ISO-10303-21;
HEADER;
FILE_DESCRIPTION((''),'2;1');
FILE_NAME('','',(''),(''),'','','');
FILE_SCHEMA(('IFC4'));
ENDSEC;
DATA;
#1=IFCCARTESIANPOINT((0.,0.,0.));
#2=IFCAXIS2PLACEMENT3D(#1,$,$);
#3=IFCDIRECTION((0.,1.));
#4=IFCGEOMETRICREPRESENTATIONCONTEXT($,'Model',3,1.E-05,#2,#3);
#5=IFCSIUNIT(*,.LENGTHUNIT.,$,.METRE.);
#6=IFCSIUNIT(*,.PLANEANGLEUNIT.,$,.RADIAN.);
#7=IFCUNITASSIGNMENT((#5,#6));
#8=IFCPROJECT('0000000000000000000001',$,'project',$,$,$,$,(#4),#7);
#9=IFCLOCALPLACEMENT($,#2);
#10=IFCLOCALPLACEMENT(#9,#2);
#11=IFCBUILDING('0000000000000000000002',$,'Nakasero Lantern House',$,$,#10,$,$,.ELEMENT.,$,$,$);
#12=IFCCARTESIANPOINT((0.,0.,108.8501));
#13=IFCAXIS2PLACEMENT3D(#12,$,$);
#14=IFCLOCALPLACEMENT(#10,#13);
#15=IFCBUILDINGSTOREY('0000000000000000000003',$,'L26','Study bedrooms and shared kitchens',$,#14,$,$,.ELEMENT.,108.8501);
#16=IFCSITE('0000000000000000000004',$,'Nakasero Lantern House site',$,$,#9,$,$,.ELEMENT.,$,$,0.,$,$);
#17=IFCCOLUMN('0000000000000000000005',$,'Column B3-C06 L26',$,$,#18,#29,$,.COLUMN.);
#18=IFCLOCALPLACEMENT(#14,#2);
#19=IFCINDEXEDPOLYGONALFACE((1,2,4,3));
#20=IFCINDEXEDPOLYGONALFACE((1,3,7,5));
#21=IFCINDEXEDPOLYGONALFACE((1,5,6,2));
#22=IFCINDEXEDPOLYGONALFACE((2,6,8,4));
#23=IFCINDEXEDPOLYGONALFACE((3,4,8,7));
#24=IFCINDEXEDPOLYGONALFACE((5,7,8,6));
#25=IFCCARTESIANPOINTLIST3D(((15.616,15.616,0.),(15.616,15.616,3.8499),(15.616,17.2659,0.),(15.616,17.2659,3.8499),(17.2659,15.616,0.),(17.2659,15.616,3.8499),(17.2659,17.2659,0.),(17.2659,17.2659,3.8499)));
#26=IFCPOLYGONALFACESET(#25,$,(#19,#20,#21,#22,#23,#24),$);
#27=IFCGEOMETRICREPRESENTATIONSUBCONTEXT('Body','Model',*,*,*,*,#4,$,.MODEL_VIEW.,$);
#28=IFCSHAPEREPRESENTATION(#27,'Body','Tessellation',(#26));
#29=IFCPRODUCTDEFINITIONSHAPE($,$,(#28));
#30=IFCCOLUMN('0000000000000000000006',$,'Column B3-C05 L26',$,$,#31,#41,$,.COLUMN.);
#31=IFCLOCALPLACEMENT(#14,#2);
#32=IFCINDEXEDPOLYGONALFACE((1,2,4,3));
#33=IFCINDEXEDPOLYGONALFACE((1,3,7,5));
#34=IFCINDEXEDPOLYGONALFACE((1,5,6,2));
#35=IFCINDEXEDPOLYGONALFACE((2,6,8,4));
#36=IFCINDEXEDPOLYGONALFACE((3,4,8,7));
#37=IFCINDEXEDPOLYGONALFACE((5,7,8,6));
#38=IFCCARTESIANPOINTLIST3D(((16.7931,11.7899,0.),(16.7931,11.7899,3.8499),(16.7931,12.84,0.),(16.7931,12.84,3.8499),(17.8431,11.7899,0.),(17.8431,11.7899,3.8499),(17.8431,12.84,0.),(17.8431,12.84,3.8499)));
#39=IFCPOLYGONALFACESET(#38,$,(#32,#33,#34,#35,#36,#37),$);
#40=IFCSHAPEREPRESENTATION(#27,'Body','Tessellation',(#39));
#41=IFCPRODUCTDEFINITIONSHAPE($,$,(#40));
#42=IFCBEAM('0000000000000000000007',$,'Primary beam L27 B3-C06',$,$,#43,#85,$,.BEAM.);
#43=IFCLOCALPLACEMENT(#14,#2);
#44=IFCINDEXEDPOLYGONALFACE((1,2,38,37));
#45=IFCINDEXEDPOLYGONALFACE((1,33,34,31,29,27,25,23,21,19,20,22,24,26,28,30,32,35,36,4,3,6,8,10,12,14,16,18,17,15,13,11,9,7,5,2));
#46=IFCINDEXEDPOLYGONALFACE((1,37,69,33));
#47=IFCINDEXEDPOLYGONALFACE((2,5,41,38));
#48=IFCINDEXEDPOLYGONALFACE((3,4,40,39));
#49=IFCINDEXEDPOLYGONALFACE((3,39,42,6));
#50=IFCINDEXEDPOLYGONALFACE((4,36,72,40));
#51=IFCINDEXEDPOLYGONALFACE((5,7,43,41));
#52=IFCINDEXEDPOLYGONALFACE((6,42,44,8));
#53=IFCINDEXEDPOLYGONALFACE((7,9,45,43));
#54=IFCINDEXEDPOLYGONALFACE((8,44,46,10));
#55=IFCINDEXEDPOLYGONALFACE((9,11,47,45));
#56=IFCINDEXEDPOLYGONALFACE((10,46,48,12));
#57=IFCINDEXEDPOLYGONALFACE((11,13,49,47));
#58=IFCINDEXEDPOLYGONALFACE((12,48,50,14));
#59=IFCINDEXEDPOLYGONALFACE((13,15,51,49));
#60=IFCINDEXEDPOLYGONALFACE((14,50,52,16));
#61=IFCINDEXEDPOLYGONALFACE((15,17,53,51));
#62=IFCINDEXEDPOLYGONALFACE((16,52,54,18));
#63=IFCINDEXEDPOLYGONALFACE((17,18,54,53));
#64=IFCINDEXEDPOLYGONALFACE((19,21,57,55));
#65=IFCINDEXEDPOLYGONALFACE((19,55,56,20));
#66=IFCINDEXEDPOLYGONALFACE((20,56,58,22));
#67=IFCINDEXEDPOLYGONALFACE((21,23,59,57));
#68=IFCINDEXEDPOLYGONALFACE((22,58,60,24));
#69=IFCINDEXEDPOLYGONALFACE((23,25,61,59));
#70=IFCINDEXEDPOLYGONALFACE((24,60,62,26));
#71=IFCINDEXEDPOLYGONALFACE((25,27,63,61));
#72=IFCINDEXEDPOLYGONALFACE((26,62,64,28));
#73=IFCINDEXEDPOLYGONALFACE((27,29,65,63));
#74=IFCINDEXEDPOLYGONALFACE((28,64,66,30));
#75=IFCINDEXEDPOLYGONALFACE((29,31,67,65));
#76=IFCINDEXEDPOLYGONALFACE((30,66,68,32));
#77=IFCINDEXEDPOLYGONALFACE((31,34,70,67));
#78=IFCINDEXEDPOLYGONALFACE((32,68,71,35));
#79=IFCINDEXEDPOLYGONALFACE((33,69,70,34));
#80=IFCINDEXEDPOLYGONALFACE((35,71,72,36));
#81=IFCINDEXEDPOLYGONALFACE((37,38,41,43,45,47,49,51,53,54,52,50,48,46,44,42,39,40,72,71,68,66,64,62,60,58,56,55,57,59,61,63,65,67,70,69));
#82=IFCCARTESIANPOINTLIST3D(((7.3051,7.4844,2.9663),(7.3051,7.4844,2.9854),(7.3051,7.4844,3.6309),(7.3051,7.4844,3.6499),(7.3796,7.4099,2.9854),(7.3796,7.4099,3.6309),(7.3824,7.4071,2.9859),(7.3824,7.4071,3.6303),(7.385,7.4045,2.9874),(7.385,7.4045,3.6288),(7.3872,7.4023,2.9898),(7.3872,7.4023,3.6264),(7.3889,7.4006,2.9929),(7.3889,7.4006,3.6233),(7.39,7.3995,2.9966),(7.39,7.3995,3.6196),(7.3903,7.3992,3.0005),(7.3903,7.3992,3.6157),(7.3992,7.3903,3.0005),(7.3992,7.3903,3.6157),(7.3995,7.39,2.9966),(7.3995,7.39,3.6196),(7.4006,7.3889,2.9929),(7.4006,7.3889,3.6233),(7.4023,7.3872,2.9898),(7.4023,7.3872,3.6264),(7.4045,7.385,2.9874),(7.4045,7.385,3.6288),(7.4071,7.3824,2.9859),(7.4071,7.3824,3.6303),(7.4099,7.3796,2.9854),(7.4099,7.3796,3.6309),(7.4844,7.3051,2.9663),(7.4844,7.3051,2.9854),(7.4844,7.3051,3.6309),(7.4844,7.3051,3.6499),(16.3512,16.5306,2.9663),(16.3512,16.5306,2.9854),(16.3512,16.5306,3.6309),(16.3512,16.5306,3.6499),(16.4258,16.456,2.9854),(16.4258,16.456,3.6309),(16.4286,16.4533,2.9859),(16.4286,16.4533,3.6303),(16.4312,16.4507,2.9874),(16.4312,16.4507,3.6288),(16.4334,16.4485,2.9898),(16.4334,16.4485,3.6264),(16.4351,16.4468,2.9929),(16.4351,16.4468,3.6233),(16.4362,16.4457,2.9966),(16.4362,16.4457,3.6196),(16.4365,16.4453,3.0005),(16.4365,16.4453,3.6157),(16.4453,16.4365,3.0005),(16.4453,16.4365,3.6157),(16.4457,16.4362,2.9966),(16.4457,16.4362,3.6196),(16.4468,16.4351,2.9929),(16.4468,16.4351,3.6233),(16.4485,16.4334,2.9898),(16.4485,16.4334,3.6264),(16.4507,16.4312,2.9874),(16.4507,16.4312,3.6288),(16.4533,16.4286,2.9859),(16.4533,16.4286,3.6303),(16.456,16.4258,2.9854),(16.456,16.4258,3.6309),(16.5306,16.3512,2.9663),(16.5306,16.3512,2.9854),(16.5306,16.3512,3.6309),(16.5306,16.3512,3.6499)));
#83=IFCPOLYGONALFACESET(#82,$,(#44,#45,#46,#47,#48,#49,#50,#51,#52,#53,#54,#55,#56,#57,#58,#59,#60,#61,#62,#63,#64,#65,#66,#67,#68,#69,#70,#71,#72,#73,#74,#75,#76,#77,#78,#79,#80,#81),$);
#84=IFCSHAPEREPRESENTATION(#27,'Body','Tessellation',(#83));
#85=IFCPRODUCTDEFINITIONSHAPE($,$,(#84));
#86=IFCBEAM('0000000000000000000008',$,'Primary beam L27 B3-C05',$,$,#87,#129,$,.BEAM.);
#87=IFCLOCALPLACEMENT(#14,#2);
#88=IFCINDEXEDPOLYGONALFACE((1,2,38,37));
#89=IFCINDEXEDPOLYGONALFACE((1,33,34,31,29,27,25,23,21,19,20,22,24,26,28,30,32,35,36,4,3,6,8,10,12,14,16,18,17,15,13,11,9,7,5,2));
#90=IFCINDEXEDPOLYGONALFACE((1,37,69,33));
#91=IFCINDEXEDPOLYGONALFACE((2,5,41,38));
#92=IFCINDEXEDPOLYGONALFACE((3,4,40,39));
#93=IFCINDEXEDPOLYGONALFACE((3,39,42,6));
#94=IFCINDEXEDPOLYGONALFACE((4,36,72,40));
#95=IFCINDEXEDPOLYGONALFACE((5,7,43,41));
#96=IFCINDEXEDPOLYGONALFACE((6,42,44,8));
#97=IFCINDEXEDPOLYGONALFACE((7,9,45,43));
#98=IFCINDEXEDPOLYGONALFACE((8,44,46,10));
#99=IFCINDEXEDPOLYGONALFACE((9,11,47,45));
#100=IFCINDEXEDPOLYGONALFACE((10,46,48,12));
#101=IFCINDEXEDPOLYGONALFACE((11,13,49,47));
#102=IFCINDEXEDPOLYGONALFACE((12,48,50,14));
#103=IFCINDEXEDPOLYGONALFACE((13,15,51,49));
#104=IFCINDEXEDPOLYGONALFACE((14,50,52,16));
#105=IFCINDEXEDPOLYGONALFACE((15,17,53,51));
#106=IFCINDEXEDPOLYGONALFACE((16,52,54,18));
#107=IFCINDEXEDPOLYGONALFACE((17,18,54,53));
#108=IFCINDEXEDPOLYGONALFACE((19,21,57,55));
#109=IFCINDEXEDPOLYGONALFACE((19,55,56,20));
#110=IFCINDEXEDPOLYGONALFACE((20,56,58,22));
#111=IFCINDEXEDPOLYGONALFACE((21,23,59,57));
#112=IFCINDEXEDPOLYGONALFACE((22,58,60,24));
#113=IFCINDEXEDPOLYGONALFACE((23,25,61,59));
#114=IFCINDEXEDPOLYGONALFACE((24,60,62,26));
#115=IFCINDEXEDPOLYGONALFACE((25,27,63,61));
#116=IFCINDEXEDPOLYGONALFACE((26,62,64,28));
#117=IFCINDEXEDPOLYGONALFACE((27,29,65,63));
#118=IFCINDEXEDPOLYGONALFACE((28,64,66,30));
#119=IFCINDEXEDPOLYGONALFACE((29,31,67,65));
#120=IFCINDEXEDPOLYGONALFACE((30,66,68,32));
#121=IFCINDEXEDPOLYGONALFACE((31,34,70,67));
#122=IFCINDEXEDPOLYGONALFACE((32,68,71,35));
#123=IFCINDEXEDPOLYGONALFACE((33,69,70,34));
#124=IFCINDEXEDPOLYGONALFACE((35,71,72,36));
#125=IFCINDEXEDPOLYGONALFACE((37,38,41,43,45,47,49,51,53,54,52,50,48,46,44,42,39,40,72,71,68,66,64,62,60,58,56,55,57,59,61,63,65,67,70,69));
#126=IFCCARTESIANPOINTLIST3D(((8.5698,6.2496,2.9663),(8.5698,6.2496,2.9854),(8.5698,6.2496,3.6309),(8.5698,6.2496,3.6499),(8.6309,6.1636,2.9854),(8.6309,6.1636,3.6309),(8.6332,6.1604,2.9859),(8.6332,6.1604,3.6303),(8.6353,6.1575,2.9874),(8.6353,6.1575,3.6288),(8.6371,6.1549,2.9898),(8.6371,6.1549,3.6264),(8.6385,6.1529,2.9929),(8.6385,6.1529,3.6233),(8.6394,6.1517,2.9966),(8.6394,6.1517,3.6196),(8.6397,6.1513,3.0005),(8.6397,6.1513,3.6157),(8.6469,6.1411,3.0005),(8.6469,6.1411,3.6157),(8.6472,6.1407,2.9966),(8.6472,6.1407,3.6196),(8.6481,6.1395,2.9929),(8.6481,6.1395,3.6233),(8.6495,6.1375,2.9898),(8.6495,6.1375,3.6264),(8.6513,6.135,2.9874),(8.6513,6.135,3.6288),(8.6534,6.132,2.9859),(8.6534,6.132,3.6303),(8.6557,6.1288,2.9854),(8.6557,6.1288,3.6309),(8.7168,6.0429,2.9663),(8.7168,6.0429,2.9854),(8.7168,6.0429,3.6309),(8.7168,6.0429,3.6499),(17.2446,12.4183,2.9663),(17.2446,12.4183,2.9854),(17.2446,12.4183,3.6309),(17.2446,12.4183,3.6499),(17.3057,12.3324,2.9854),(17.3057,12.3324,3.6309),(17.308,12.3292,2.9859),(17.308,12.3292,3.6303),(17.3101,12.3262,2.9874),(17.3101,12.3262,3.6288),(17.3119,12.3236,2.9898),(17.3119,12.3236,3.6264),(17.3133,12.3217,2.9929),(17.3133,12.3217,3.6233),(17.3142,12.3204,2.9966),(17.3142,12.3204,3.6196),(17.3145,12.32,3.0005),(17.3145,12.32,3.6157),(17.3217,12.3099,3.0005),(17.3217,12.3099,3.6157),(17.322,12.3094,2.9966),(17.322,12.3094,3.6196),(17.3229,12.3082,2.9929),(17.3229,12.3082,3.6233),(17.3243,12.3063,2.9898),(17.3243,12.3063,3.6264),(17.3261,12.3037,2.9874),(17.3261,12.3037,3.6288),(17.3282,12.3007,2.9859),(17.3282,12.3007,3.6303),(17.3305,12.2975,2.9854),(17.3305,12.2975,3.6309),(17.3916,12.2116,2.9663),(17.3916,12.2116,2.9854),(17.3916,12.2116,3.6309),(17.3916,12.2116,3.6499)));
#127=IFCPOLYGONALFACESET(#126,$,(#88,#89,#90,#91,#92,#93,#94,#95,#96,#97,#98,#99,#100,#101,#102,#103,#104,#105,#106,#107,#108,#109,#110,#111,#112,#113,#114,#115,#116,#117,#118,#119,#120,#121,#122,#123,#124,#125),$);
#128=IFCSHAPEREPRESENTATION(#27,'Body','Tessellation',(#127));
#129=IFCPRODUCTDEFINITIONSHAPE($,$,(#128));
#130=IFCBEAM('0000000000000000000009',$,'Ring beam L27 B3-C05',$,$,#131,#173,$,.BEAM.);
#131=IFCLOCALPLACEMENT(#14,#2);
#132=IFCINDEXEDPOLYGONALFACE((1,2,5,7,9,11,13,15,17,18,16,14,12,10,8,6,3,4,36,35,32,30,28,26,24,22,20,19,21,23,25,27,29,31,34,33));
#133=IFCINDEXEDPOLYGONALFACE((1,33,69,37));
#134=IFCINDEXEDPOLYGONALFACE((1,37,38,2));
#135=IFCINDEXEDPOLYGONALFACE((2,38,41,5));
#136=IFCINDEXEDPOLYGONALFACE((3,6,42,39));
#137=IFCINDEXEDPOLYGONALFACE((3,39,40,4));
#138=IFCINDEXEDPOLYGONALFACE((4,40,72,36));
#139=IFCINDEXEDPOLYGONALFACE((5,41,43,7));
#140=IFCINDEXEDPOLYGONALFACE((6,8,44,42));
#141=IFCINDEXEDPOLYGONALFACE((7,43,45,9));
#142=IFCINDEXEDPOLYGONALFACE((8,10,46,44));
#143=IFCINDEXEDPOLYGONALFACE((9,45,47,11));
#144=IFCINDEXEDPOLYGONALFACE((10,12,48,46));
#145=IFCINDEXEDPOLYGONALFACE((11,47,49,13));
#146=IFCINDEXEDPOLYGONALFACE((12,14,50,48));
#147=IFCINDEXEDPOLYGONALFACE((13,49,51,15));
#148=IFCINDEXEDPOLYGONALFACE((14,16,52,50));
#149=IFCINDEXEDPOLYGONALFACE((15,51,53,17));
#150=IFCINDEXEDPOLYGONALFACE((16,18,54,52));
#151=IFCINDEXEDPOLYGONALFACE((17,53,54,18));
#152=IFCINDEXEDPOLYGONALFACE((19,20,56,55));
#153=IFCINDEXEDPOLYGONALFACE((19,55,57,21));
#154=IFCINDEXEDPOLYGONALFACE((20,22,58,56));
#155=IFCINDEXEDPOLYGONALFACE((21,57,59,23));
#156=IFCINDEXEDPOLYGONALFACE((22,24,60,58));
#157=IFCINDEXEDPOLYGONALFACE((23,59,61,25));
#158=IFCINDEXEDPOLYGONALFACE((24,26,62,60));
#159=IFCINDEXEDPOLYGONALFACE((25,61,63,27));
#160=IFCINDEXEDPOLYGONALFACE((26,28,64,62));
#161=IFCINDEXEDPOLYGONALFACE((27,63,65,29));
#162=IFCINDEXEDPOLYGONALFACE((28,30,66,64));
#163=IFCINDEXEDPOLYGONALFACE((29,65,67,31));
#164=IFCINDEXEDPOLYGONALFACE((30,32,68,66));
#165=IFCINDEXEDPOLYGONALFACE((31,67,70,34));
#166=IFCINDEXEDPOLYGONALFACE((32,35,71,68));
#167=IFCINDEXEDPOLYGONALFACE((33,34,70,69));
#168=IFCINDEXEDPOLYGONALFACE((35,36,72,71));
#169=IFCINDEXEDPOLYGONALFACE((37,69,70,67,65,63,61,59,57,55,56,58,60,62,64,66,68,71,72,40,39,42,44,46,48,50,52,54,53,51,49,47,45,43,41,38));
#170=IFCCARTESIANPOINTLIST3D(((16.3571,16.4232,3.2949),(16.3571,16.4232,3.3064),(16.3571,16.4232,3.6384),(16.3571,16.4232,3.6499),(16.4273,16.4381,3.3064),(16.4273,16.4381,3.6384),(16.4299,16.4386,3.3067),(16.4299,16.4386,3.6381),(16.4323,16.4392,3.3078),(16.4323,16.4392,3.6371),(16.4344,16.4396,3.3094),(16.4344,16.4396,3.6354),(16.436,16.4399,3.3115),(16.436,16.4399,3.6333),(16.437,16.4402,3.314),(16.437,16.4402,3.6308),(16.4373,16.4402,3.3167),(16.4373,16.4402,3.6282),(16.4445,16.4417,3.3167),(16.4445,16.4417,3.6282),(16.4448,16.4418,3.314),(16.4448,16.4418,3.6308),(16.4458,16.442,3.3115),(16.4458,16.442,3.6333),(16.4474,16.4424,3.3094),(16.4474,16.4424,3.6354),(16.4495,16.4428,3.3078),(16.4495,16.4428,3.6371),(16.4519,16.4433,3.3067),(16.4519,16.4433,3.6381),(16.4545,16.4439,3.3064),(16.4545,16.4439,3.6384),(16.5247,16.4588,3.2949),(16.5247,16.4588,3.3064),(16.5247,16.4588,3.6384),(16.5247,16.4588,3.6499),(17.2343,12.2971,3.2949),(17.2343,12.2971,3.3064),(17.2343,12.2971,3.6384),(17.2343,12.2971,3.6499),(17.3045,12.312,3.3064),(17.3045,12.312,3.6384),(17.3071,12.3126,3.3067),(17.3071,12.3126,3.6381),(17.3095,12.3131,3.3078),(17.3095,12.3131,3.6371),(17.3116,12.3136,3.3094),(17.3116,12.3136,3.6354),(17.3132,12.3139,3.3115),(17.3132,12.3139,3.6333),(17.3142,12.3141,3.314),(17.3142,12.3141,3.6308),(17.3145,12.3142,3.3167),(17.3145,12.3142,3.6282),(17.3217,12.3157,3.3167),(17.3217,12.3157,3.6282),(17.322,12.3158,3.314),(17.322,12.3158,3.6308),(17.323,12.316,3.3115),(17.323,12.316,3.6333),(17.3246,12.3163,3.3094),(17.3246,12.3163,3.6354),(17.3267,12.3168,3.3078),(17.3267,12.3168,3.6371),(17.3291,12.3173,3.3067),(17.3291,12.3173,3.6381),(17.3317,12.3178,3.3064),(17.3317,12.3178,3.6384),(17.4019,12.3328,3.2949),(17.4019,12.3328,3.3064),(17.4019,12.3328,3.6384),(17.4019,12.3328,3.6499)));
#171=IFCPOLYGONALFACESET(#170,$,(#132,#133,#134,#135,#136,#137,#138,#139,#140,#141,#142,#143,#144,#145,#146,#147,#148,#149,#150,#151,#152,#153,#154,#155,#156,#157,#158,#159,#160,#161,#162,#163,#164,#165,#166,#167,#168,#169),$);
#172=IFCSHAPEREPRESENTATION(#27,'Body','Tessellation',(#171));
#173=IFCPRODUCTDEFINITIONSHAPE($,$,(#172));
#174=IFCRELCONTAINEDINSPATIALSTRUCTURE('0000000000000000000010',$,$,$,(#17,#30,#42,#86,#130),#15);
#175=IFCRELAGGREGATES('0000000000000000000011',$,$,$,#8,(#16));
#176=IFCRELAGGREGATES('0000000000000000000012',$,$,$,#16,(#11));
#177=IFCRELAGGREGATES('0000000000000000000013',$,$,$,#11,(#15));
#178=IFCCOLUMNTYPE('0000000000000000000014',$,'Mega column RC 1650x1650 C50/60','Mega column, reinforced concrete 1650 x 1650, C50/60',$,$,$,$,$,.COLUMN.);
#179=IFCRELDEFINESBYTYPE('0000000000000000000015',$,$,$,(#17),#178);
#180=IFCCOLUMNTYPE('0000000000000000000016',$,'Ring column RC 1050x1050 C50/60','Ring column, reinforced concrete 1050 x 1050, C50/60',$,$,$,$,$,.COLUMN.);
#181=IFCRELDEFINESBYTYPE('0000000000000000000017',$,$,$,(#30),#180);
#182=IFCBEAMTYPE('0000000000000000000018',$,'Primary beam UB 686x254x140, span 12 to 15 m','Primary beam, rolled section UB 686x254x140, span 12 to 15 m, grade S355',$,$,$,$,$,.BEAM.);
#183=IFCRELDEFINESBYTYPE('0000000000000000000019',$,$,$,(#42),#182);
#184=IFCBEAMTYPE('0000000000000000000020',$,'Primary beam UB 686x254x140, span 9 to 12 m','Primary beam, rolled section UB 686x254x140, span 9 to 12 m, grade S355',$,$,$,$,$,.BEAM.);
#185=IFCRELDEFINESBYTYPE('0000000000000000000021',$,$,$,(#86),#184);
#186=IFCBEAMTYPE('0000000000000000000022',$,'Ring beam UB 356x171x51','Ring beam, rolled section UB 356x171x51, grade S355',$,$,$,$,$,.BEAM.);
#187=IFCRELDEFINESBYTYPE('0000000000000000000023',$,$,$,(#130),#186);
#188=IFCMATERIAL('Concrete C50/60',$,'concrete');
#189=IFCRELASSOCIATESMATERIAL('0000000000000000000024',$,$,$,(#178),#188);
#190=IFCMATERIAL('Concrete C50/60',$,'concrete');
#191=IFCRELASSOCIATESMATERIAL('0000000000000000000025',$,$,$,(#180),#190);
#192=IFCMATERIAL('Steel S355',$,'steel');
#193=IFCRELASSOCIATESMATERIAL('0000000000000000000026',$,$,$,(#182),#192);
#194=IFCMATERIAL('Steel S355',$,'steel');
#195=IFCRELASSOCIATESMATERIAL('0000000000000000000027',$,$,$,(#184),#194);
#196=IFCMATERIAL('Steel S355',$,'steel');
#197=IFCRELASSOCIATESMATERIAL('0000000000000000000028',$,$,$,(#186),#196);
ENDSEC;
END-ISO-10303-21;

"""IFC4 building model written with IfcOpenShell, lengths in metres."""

from ifc_helpers import new_model, si_unit, direction, frame, origin, origin_2d, place, context, subcontext, project, spatial, rectangle, i_section, extrude, material, material_profile, profile_set, type_object, element, save


model = new_model("IFC4")

# Units and contexts
model_context = context("Model", 3, precision=1e-05, world=origin(), true_north=direction((0.0, 1.0)))
body_context = subcontext(model_context, "Body", "Model", "MODEL_VIEW")
ifc_project = project(units=[si_unit("LENGTHUNIT", "METRE"), si_unit("PLANEANGLEUNIT", "RADIAN")], contexts=[model_context])

# Site, building, storey
site_placement = place(None, origin())
site = spatial("IfcSite", under=ifc_project, at=site_placement, Name="Nakasero Lantern House site", CompositionType="ELEMENT", RefElevation=0.0)
building_placement = place(site_placement, origin())
building = spatial("IfcBuilding", under=site, at=building_placement, Name="Nakasero Lantern House", CompositionType="ELEMENT")
storey_placement = place(building_placement, frame((0.0, 0.0, 108.8501)))
storey = spatial("IfcBuildingStorey", under=building, at=storey_placement, Name="L26", Description="Study bedrooms and shared kitchens", CompositionType="ELEMENT", Elevation=108.8501)

# Columns
ifc_material_1 = material(Name="Concrete C50/60", Category="concrete")
ifc_material_profile_1 = material_profile(ifc_material_1, rectangle(XDim=1.6499, YDim=1.6499, at=origin_2d()), Name="RC 1650x1650")
ifc_profile_set_1 = profile_set([ifc_material_profile_1], Name="Concrete C50/60")
column_type_1 = type_object("IfcColumnType", Name="Mega column RC 1650x1650 C50/60", Description="Mega column, reinforced concrete 1650 x 1650, C50/60", PredefinedType="COLUMN", material=ifc_profile_set_1)
column_1_placement = place(storey_placement, frame((16.4409, 16.4409, 0.0), z_axis=(0.0, 0.0, 1.0), x_axis=(1.0, 0.0, 0.0)))
element("IfcColumn", 1, at=column_1_placement, inside=storey, type_object=column_type_1, Name="Column B3-C06 L26", PredefinedType="COLUMN", context=body_context, shape_type="SweptSolid", body=[
    extrude(rectangle(XDim=1.6499, YDim=1.6499, at=origin_2d()), origin(), (0.0, 0.0, 1.0), 3.8499),
])
ifc_material_2 = material(Name="Concrete C50/60", Category="concrete")
ifc_material_profile_2 = material_profile(ifc_material_2, rectangle(XDim=1.05, YDim=1.05, at=origin_2d()), Name="RC 1050x1050")
ifc_profile_set_2 = profile_set([ifc_material_profile_2], Name="Concrete C50/60")
column_type_2 = type_object("IfcColumnType", Name="Ring column RC 1050x1050 C50/60", Description="Ring column, reinforced concrete 1050 x 1050, C50/60", PredefinedType="COLUMN", material=ifc_profile_set_2)
column_2_placement = place(storey_placement, frame((17.3181, 12.3149, 0.0), z_axis=(0.0, 0.0, 1.0), x_axis=(1.0, 0.0, 0.0)))
element("IfcColumn", 2, at=column_2_placement, inside=storey, type_object=column_type_2, Name="Column B3-C05 L26", PredefinedType="COLUMN", context=body_context, shape_type="SweptSolid", body=[
    extrude(rectangle(XDim=1.05, YDim=1.05, at=origin_2d()), origin(), (0.0, 0.0, 1.0), 3.8499),
])

# Beams
ifc_material_3 = material(Name="Steel S355", Category="steel")
ifc_material_profile_3 = material_profile(ifc_material_3, i_section(OverallWidth=0.2537, OverallDepth=0.6836, WebThickness=0.0125, FlangeThickness=0.019, FilletRadius=0.0151, at=origin_2d()), Name="UB 686x254x140")
ifc_profile_set_3 = profile_set([ifc_material_profile_3], Name="Steel S355")
beam_type_1 = type_object("IfcBeamType", Name="Primary beam UB 686x254x140, span 12 to 15 m", Description="Primary beam, rolled section UB 686x254x140, span 12 to 15 m, grade S355", PredefinedType="BEAM", material=ifc_profile_set_3)
beam_1_placement = place(storey_placement, frame((16.4409, 16.4409, 3.3081), z_axis=(-0.707107, -0.707107, 0.0), x_axis=(0.707107, -0.707107, 0.0)))
element("IfcBeam", 3, at=beam_1_placement, inside=storey, type_object=beam_type_1, Name="Primary beam L27 B3-C06", PredefinedType="BEAM", context=body_context, shape_type="SweptSolid", body=[
    extrude(i_section(OverallWidth=0.2537, OverallDepth=0.6836, WebThickness=0.0125, FlangeThickness=0.019, FilletRadius=0.0151, at=origin_2d()), origin(), (0.0, 0.0, 1.0), 12.7932),
])
ifc_material_4 = material(Name="Steel S355", Category="steel")
ifc_material_profile_4 = material_profile(ifc_material_4, i_section(OverallWidth=0.2537, OverallDepth=0.6836, WebThickness=0.0125, FlangeThickness=0.019, FilletRadius=0.0151, at=origin_2d()), Name="UB 686x254x140")
ifc_profile_set_4 = profile_set([ifc_material_profile_4], Name="Steel S355")
beam_type_2 = type_object("IfcBeamType", Name="Primary beam UB 686x254x140, span 9 to 12 m", Description="Primary beam, rolled section UB 686x254x140, span 9 to 12 m, grade S355", PredefinedType="BEAM", material=ifc_profile_set_4)
beam_2_placement = place(storey_placement, frame((17.3181, 12.3149, 3.3081), z_axis=(-0.814957, -0.579521, 0.0), x_axis=(0.579521, -0.814957, 0.0)))
element("IfcBeam", 4, at=beam_2_placement, inside=storey, type_object=beam_type_2, Name="Primary beam L27 B3-C05", PredefinedType="BEAM", context=body_context, shape_type="SweptSolid", body=[
    extrude(i_section(OverallWidth=0.2537, OverallDepth=0.6836, WebThickness=0.0125, FlangeThickness=0.019, FilletRadius=0.0151, at=origin_2d()), origin(), (0.0, 0.0, 1.0), 10.6445),
])
ifc_material_5 = material(Name="Steel S355", Category="steel")
ifc_material_profile_5 = material_profile(ifc_material_5, i_section(OverallWidth=0.1714, OverallDepth=0.355, WebThickness=0.0073, FlangeThickness=0.0115, FilletRadius=0.0103, at=origin_2d()), Name="UB 356x171x51")
ifc_profile_set_5 = profile_set([ifc_material_profile_5], Name="Steel S355")
beam_type_3 = type_object("IfcBeamType", Name="Ring beam UB 356x171x51", Description="Ring beam, rolled section UB 356x171x51, grade S355", PredefinedType="BEAM", material=ifc_profile_set_5)
beam_3_placement = place(storey_placement, frame((17.3181, 12.3149, 3.4724), z_axis=(-0.207956, 0.978138, 0.0), x_axis=(-0.978138, -0.207956, 0.0)))
element("IfcBeam", 5, at=beam_3_placement, inside=storey, type_object=beam_type_3, Name="Ring beam L27 B3-C05", PredefinedType="BEAM", context=body_context, shape_type="SweptSolid", body=[
    extrude(i_section(OverallWidth=0.1714, OverallDepth=0.355, WebThickness=0.0073, FlangeThickness=0.0115, FilletRadius=0.0103, at=origin_2d()), origin(), (0.0, 0.0, 1.0), 4.2183),
])

save(model, "model.ifc")
